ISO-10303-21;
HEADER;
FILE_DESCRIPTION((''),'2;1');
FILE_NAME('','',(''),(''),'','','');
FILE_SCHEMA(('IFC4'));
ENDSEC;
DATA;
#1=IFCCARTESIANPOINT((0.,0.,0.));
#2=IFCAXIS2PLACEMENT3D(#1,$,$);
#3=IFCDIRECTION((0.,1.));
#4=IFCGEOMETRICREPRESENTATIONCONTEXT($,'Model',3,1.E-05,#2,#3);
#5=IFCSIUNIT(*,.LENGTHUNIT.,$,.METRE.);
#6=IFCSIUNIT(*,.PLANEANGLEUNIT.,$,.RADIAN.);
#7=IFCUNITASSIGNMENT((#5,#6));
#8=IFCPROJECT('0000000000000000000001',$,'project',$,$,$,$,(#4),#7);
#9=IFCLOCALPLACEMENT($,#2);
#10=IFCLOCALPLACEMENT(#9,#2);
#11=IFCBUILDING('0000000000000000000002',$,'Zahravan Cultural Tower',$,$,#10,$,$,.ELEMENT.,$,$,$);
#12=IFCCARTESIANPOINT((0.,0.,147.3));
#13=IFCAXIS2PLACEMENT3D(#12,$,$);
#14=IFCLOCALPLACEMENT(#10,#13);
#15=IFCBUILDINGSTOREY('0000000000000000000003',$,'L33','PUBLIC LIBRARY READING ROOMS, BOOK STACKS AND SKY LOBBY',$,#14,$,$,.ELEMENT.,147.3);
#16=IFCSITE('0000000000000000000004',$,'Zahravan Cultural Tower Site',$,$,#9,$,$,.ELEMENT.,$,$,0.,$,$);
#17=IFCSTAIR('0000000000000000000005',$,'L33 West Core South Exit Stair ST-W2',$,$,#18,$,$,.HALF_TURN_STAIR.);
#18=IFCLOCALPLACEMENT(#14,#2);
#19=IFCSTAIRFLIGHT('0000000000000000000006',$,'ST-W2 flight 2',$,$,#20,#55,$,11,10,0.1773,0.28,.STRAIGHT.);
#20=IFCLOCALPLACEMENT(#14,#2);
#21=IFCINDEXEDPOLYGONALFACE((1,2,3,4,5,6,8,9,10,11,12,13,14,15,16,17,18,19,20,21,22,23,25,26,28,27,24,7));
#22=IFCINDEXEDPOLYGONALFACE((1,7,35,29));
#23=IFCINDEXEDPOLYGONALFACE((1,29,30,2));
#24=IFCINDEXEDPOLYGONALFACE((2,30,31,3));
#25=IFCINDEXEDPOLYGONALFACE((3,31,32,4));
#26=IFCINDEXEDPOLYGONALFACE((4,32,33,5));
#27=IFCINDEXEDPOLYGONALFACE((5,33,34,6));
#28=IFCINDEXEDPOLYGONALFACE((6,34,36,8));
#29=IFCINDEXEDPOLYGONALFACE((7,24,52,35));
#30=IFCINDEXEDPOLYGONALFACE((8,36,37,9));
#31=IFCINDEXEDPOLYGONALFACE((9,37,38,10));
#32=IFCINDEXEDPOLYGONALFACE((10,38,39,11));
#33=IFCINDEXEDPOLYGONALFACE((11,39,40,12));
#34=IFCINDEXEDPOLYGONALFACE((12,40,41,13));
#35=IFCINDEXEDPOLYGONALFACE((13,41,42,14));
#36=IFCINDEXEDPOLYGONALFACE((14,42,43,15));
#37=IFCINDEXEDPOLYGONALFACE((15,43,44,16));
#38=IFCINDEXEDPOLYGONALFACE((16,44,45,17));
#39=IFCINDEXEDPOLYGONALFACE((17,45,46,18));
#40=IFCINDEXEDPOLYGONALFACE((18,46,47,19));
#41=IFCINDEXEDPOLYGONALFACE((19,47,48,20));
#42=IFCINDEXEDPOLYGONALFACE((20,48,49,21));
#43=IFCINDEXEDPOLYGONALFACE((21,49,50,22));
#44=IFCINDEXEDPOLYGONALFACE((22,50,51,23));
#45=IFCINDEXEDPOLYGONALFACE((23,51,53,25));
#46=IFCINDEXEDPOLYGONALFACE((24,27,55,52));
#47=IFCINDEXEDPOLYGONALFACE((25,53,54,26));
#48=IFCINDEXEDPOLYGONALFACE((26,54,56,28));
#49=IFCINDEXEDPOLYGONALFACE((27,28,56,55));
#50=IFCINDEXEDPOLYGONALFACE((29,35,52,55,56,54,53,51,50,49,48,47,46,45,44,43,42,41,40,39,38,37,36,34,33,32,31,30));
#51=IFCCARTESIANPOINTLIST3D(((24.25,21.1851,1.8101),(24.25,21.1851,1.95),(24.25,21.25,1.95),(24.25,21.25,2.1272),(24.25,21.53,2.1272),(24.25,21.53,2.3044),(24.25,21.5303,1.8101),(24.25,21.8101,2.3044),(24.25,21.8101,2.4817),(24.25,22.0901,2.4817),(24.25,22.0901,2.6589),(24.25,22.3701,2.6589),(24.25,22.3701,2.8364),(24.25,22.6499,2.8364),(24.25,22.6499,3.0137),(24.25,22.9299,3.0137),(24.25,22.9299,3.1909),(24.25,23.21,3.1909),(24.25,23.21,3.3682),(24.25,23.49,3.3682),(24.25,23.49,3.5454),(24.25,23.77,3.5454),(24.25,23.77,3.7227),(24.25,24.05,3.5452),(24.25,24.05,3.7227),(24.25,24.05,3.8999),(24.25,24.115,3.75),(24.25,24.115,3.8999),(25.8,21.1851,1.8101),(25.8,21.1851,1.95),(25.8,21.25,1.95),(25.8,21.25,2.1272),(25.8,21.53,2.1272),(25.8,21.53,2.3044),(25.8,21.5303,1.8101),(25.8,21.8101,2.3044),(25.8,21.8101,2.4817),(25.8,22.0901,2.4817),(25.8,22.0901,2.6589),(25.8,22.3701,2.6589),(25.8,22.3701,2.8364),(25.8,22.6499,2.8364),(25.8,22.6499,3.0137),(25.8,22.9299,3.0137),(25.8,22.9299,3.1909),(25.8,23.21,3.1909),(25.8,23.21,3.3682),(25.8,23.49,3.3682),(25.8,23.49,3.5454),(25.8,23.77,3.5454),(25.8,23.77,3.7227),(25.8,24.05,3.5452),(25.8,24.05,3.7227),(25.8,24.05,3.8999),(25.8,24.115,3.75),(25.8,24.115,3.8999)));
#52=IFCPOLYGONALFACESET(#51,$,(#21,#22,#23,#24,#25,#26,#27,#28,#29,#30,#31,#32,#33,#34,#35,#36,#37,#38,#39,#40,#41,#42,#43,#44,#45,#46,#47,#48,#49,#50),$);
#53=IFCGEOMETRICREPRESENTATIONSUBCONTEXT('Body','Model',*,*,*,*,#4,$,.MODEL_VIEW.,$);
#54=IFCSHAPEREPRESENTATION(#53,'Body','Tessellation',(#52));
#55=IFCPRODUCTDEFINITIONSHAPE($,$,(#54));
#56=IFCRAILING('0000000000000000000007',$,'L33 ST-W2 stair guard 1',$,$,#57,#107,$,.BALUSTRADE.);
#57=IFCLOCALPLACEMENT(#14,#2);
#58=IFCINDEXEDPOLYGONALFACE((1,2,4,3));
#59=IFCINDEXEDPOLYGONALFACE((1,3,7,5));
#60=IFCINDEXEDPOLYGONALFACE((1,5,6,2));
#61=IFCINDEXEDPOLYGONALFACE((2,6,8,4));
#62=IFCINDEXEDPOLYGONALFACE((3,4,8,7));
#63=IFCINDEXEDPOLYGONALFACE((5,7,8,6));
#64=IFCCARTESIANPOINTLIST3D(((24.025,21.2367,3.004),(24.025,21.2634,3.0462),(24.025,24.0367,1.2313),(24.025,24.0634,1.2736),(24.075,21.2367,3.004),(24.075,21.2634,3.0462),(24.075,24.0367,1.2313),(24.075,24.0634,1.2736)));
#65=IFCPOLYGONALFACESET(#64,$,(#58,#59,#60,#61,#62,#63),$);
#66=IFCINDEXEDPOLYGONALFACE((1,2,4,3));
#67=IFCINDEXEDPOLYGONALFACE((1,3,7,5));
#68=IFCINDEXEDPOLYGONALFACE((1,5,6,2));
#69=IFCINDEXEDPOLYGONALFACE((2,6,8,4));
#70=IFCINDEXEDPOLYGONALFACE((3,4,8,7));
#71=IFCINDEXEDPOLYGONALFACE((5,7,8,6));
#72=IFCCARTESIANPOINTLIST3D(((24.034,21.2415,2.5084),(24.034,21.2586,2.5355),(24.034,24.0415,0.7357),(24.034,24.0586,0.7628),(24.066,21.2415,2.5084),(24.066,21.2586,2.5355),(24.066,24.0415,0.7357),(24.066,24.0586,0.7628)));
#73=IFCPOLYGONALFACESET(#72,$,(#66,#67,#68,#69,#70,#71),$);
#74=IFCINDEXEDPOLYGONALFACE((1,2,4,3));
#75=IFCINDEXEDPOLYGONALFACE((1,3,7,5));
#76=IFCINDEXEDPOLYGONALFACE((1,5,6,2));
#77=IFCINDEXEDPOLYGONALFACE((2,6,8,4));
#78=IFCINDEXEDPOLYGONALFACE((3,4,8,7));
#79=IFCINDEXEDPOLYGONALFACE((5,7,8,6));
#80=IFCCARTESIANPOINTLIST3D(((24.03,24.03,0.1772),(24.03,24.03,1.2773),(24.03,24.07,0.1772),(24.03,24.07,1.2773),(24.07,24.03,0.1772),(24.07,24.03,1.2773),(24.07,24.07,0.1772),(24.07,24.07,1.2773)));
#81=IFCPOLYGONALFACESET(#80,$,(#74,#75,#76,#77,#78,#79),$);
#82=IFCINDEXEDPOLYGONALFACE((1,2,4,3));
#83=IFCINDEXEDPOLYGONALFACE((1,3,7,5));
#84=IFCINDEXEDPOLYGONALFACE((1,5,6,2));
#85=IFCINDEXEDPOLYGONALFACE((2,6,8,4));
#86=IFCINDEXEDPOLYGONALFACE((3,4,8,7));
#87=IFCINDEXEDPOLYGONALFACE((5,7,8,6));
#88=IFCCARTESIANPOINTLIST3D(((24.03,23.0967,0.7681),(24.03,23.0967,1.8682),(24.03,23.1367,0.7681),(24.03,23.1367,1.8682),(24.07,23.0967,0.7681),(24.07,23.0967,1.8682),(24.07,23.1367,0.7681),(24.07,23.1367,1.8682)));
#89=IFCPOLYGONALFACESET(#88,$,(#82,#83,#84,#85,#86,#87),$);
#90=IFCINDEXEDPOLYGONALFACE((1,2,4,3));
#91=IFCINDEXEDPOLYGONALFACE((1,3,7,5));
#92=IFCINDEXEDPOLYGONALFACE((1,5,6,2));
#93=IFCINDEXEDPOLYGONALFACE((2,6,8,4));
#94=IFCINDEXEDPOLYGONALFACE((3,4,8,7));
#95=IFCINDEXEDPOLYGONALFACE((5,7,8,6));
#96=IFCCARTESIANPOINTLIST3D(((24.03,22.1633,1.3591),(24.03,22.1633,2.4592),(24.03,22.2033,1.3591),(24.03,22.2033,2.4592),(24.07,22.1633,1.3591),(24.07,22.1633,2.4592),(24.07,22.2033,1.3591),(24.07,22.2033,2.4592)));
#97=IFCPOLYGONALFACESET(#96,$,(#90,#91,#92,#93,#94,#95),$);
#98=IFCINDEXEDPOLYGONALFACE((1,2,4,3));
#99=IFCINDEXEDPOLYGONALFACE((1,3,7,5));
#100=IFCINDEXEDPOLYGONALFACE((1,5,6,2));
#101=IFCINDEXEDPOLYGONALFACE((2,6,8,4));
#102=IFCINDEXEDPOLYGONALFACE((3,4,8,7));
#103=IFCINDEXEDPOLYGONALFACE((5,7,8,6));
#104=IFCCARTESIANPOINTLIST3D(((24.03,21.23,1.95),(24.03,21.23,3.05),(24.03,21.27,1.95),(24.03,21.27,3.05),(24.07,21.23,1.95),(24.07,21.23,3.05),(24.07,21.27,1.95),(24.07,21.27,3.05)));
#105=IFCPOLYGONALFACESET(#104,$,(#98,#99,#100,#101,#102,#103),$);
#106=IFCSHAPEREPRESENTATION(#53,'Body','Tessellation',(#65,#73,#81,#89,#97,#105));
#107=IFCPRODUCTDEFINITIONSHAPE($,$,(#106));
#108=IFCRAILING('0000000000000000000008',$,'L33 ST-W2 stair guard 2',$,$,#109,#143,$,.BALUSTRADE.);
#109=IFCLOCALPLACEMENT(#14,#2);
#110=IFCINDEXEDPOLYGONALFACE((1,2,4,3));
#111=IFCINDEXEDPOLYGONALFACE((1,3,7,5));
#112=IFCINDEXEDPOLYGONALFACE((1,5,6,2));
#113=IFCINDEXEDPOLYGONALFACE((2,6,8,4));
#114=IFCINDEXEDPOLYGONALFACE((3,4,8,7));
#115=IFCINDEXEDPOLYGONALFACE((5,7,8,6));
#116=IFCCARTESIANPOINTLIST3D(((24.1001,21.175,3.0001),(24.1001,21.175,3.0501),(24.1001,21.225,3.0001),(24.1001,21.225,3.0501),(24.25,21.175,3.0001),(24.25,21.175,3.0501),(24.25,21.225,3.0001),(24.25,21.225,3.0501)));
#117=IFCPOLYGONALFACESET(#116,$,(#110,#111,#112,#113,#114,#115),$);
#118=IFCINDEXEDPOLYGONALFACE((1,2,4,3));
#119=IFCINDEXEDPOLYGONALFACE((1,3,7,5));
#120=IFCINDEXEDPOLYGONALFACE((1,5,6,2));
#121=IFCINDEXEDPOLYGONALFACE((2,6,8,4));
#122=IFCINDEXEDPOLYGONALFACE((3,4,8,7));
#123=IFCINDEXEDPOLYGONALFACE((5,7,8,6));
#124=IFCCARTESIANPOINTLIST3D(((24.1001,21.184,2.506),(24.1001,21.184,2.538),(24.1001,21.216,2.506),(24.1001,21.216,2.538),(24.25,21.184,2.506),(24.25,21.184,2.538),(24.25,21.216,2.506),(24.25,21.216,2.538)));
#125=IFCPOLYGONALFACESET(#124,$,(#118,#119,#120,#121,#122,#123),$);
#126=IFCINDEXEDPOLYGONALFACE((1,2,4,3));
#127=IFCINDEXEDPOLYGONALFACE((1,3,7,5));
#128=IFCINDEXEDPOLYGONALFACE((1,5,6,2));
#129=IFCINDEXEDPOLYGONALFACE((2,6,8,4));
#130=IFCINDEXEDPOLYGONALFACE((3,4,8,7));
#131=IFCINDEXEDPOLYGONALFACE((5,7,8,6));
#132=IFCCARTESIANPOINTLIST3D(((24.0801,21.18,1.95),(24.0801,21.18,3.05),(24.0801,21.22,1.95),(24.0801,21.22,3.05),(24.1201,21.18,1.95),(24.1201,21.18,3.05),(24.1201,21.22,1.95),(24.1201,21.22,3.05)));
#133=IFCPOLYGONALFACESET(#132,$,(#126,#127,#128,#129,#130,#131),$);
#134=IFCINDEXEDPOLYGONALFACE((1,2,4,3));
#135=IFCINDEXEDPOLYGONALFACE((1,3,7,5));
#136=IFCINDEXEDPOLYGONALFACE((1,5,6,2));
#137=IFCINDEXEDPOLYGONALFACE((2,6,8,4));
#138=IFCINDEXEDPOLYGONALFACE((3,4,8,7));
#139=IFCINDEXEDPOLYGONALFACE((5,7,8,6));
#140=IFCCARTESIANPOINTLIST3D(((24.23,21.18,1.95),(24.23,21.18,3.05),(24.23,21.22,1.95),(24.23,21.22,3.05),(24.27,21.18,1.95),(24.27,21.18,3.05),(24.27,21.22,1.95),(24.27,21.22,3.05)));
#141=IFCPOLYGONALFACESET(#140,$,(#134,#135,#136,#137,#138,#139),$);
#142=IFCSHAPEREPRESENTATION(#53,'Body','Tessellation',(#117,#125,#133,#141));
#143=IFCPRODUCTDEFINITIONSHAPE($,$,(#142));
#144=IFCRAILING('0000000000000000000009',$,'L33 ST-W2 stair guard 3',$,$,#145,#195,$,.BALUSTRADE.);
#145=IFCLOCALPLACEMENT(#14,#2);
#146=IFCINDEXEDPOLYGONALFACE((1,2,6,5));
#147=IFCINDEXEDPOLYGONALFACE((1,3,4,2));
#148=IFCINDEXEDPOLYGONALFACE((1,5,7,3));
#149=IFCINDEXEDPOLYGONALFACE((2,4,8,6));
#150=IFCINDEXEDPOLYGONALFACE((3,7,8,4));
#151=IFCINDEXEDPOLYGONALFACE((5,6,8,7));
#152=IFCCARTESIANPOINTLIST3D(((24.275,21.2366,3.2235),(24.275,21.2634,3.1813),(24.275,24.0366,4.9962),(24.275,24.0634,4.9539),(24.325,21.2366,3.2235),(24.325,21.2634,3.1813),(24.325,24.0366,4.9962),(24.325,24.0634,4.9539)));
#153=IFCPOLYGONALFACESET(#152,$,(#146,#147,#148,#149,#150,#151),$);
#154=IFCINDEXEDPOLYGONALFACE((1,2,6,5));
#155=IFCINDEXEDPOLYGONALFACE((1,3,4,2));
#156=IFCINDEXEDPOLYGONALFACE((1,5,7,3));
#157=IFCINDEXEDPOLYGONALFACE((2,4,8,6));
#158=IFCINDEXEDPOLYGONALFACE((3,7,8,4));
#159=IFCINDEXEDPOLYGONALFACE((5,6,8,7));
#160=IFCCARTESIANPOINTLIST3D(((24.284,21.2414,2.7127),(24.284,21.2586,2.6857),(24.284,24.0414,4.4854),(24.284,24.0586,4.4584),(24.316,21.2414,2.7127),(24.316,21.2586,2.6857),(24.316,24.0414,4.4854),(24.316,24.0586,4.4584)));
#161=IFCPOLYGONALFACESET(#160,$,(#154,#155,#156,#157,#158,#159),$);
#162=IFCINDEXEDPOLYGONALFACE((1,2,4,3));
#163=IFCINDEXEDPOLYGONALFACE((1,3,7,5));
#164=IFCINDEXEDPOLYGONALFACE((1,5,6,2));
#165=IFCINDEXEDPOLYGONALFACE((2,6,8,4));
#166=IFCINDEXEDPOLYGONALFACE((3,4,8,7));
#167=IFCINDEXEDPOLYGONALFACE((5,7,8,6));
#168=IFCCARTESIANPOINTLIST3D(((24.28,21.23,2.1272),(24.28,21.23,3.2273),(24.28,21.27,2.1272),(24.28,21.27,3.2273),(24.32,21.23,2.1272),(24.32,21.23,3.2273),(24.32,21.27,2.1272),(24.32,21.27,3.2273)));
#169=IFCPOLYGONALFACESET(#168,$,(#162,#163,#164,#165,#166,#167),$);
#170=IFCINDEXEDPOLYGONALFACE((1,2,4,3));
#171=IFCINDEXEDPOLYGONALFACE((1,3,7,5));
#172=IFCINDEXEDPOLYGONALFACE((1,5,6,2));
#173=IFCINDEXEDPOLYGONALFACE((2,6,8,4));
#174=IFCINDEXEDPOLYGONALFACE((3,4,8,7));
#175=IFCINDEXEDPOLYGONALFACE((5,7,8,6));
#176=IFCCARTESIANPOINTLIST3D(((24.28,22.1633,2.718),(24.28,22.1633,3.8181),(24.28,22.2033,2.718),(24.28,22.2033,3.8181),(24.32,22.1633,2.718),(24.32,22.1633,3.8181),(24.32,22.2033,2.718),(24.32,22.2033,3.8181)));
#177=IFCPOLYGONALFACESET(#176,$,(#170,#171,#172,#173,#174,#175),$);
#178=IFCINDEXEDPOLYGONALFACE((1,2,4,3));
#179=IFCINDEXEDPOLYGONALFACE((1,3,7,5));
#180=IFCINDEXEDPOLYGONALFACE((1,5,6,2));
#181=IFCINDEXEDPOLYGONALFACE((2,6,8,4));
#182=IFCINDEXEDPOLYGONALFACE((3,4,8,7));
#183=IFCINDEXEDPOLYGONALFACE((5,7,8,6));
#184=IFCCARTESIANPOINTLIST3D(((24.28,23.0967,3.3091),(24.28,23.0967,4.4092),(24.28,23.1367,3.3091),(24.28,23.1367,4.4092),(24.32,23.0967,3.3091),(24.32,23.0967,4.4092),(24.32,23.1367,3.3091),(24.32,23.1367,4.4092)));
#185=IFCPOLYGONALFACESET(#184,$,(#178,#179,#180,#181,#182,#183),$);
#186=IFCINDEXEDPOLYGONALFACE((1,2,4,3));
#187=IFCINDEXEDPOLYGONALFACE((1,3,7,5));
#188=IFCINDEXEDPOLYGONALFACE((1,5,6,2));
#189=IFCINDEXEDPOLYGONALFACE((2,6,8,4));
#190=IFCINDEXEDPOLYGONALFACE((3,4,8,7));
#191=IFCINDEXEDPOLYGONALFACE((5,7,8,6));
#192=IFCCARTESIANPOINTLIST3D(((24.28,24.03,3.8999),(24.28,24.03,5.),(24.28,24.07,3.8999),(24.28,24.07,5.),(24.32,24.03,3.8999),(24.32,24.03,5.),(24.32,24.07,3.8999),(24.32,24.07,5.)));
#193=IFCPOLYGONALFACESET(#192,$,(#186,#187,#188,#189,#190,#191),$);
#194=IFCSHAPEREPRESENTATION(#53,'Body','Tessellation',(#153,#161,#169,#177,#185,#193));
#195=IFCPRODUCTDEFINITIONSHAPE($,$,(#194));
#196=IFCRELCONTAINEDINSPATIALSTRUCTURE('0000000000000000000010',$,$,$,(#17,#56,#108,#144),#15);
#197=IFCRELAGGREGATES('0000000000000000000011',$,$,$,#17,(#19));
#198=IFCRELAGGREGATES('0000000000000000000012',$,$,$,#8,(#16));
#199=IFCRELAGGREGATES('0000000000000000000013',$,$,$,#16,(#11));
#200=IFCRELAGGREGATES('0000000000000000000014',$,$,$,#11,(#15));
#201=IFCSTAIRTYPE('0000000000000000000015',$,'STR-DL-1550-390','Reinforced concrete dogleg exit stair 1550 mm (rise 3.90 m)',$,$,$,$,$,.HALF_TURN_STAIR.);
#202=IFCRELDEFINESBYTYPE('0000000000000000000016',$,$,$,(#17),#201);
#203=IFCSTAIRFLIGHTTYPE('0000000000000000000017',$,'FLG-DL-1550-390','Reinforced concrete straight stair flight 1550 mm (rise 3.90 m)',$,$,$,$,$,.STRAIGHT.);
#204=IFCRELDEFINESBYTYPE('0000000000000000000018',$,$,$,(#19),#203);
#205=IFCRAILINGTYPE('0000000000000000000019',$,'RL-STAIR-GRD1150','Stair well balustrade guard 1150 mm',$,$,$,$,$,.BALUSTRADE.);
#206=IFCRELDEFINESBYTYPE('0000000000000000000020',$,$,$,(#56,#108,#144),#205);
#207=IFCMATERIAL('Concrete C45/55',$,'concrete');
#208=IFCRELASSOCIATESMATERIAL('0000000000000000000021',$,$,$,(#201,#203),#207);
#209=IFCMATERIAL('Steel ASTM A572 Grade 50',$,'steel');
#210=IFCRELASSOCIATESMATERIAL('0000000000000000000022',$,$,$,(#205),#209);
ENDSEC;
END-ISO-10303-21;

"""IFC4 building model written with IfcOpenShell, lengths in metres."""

from ifc_helpers import new_model, si_unit, direction, frame, origin, origin_2d, place, context, subcontext, project, spatial, polyline, rectangle, outline, extrude, material, type_object, element, aggregate, save


model = new_model("IFC4")

# Units and contexts
model_context = context("Model", 3, precision=1e-05, world=origin(), true_north=direction((0.0, 1.0)))
body_context = subcontext(model_context, "Body", "Model", "MODEL_VIEW")
ifc_project = project(units=[si_unit("LENGTHUNIT", "METRE"), si_unit("PLANEANGLEUNIT", "RADIAN")], contexts=[model_context])

# Site, building, storey
site_placement = place(None, origin())
site = spatial("IfcSite", under=ifc_project, at=site_placement, Name="Zahravan Cultural Tower Site", CompositionType="ELEMENT", RefElevation=0.0)
building_placement = place(site_placement, origin())
building = spatial("IfcBuilding", under=site, at=building_placement, Name="Zahravan Cultural Tower", CompositionType="ELEMENT")
storey_placement = place(building_placement, frame((0.0, 0.0, 147.3)))
storey = spatial("IfcBuildingStorey", under=building, at=storey_placement, Name="L33", Description="PUBLIC LIBRARY READING ROOMS, BOOK STACKS AND SKY LOBBY", CompositionType="ELEMENT", Elevation=147.3)

# Shared definitions
ifc_material_1 = material(Name="Concrete C45/55", Category="concrete")
ifc_material_2 = material(Name="Steel ASTM A572 Grade 50", Category="steel")

# Stair, stair flight
stair_type = type_object("IfcStairType", Name="STR-DL-1550-390", Description="Reinforced concrete dogleg exit stair 1550 mm (rise 3.90 m)", PredefinedType="HALF_TURN_STAIR", material=ifc_material_1)
stair_placement = place(storey_placement, origin())
stair = element("IfcStair", 1, at=stair_placement, inside=storey, type_object=stair_type, Name="L33 West Core South Exit Stair ST-W2", PredefinedType="HALF_TURN_STAIR")
stair_flight_type = type_object("IfcStairFlightType", Name="FLG-DL-1550-390", Description="Reinforced concrete straight stair flight 1550 mm (rise 3.90 m)", PredefinedType="STRAIGHT", material=ifc_material_1)
stair_flight_1_placement = place(storey_placement, frame((25.0249, 21.25, 1.95), z_axis=(0.0, 0.0, 1.0), x_axis=(0.0, 1.0, 0.0)))
stair_flight_1 = element("IfcStairFlight", 2, at=stair_flight_1_placement, type_object=stair_flight_type, Name="ST-W2 flight 2", NumberOfRisers=11, NumberOfTreads=10, PredefinedType="STRAIGHT", RiserHeight=0.1773, TreadLength=0.28, context=body_context, shape_type="SweptSolid", body=[
    extrude(outline(polyline([(-0.0649, -0.1399), (-0.0649, 0.0), (0.0, 0.0), (0.0, 0.1772), (0.28, 0.1772), (0.28, 0.3545), (0.5601, 0.3545), (0.5601, 0.5317), (0.8401, 0.5317), (0.8401, 0.709), (1.1201, 0.709), (1.1201, 0.8865), (1.3999, 0.8865), (1.3999, 1.0637), (1.6799, 1.0637), (1.6799, 1.241), (1.96, 1.241), (1.96, 1.4182), (2.24, 1.4182), (2.24, 1.5955), (2.52, 1.5955), (2.52, 1.7727), (2.8, 1.7727), (2.8, 1.95), (2.865, 1.95), (2.865, 1.8), (2.8, 1.5952), (0.2803, -0.1399), (-0.0649, -0.1399)])), frame((0.0, 0.7749, 0.0), z_axis=(0.0, -1.0, 0.0), x_axis=(1.0, 0.0, 0.0)), (0.0, 0.0, 1.0), 1.55),
])
aggregate(stair, [stair_flight_1])

# Railings
railing_type_1 = type_object("IfcRailingType", Name="RL-STAIR-GRD1150", Description="Stair well balustrade guard 1150 mm", PredefinedType="BALUSTRADE", material=ifc_material_2)
railing_1_placement = place(storey_placement, frame((24.05, 24.05, 0.1772)))
element("IfcRailing", 3, at=railing_1_placement, inside=storey, type_object=railing_type_1, Name="L33 ST-W2 stair guard 1", PredefinedType="BALUSTRADE", context=body_context, shape_type="SweptSolid", body=[
    extrude(rectangle(XDim=0.05, YDim=0.05, at=origin_2d()), frame((0.0, 0.0, 1.0752), z_axis=(0.0, -0.844909, 0.53491), x_axis=(1.0, 0.0, 0.0)), (0.0, 0.0, 1.0), 3.314),
    extrude(rectangle(XDim=0.032, YDim=0.032, at=origin_2d()), frame((0.0, 0.0, 0.572), z_axis=(0.0, -0.844909, 0.53491), x_axis=(1.0, 0.0, 0.0)), (0.0, 0.0, 1.0), 3.314),
    extrude(rectangle(XDim=0.04, YDim=0.04, at=origin_2d()), origin(), (0.0, 0.0, 1.0), 1.1001),
    extrude(rectangle(XDim=0.04, YDim=0.04, at=origin_2d()), frame((0.0, -0.9333, 0.5908)), (0.0, 0.0, 1.0), 1.1001),
    extrude(rectangle(XDim=0.04, YDim=0.04, at=origin_2d()), frame((0.0, -1.8667, 1.1819)), (0.0, 0.0, 1.0), 1.1001),
    extrude(rectangle(XDim=0.04, YDim=0.04, at=origin_2d()), frame((0.0, -2.8, 1.7727)), (0.0, 0.0, 1.0), 1.1001),
])
railing_2_placement = place(storey_placement, frame((24.1001, 21.2, 1.95)))
element("IfcRailing", 4, at=railing_2_placement, inside=storey, type_object=railing_type_1, Name="L33 ST-W2 stair guard 2", PredefinedType="BALUSTRADE", context=body_context, shape_type="SweptSolid", body=[
    extrude(rectangle(XDim=0.05, YDim=0.05, at=origin_2d()), frame((0.0, 0.0, 1.0752), z_axis=(1.0, 0.0, 0.0), x_axis=(0.0, 1.0, 0.0)), (0.0, 0.0, 1.0), 0.1499),
    extrude(rectangle(XDim=0.032, YDim=0.032, at=origin_2d()), frame((0.0, 0.0, 0.572), z_axis=(1.0, 0.0, 0.0), x_axis=(0.0, 1.0, 0.0)), (0.0, 0.0, 1.0), 0.1499),
    extrude(rectangle(XDim=0.04, YDim=0.04, at=origin_2d()), origin(), (0.0, 0.0, 1.0), 1.1001),
    extrude(rectangle(XDim=0.04, YDim=0.04, at=origin_2d()), frame((0.1499, 0.0, 0.0)), (0.0, 0.0, 1.0), 1.1001),
])
railing_3_placement = place(storey_placement, frame((24.3, 21.25, 2.1272)))
element("IfcRailing", 5, at=railing_3_placement, inside=storey, type_object=railing_type_1, Name="L33 ST-W2 stair guard 3", PredefinedType="BALUSTRADE", context=body_context, shape_type="SweptSolid", body=[
    extrude(rectangle(XDim=0.05, YDim=0.05, at=origin_2d()), frame((0.0, 0.0, 1.0752), z_axis=(0.0, 0.844909, 0.53491), x_axis=(-1.0, 0.0, 0.0)), (0.0, 0.0, 1.0), 3.314),
    extrude(rectangle(XDim=0.032, YDim=0.032, at=origin_2d()), frame((0.0, 0.0, 0.572), z_axis=(0.0, 0.844909, 0.53491), x_axis=(-1.0, 0.0, 0.0)), (0.0, 0.0, 1.0), 3.314),
    extrude(rectangle(XDim=0.04, YDim=0.04, at=origin_2d()), origin(), (0.0, 0.0, 1.0), 1.1001),
    extrude(rectangle(XDim=0.04, YDim=0.04, at=origin_2d()), frame((0.0, 0.9333, 0.5908)), (0.0, 0.0, 1.0), 1.1001),
    extrude(rectangle(XDim=0.04, YDim=0.04, at=origin_2d()), frame((0.0, 1.8667, 1.1819)), (0.0, 0.0, 1.0), 1.1001),
    extrude(rectangle(XDim=0.04, YDim=0.04, at=origin_2d()), frame((0.0, 2.8, 1.7727)), (0.0, 0.0, 1.0), 1.1001),
])

save(model, "model.ifc")
